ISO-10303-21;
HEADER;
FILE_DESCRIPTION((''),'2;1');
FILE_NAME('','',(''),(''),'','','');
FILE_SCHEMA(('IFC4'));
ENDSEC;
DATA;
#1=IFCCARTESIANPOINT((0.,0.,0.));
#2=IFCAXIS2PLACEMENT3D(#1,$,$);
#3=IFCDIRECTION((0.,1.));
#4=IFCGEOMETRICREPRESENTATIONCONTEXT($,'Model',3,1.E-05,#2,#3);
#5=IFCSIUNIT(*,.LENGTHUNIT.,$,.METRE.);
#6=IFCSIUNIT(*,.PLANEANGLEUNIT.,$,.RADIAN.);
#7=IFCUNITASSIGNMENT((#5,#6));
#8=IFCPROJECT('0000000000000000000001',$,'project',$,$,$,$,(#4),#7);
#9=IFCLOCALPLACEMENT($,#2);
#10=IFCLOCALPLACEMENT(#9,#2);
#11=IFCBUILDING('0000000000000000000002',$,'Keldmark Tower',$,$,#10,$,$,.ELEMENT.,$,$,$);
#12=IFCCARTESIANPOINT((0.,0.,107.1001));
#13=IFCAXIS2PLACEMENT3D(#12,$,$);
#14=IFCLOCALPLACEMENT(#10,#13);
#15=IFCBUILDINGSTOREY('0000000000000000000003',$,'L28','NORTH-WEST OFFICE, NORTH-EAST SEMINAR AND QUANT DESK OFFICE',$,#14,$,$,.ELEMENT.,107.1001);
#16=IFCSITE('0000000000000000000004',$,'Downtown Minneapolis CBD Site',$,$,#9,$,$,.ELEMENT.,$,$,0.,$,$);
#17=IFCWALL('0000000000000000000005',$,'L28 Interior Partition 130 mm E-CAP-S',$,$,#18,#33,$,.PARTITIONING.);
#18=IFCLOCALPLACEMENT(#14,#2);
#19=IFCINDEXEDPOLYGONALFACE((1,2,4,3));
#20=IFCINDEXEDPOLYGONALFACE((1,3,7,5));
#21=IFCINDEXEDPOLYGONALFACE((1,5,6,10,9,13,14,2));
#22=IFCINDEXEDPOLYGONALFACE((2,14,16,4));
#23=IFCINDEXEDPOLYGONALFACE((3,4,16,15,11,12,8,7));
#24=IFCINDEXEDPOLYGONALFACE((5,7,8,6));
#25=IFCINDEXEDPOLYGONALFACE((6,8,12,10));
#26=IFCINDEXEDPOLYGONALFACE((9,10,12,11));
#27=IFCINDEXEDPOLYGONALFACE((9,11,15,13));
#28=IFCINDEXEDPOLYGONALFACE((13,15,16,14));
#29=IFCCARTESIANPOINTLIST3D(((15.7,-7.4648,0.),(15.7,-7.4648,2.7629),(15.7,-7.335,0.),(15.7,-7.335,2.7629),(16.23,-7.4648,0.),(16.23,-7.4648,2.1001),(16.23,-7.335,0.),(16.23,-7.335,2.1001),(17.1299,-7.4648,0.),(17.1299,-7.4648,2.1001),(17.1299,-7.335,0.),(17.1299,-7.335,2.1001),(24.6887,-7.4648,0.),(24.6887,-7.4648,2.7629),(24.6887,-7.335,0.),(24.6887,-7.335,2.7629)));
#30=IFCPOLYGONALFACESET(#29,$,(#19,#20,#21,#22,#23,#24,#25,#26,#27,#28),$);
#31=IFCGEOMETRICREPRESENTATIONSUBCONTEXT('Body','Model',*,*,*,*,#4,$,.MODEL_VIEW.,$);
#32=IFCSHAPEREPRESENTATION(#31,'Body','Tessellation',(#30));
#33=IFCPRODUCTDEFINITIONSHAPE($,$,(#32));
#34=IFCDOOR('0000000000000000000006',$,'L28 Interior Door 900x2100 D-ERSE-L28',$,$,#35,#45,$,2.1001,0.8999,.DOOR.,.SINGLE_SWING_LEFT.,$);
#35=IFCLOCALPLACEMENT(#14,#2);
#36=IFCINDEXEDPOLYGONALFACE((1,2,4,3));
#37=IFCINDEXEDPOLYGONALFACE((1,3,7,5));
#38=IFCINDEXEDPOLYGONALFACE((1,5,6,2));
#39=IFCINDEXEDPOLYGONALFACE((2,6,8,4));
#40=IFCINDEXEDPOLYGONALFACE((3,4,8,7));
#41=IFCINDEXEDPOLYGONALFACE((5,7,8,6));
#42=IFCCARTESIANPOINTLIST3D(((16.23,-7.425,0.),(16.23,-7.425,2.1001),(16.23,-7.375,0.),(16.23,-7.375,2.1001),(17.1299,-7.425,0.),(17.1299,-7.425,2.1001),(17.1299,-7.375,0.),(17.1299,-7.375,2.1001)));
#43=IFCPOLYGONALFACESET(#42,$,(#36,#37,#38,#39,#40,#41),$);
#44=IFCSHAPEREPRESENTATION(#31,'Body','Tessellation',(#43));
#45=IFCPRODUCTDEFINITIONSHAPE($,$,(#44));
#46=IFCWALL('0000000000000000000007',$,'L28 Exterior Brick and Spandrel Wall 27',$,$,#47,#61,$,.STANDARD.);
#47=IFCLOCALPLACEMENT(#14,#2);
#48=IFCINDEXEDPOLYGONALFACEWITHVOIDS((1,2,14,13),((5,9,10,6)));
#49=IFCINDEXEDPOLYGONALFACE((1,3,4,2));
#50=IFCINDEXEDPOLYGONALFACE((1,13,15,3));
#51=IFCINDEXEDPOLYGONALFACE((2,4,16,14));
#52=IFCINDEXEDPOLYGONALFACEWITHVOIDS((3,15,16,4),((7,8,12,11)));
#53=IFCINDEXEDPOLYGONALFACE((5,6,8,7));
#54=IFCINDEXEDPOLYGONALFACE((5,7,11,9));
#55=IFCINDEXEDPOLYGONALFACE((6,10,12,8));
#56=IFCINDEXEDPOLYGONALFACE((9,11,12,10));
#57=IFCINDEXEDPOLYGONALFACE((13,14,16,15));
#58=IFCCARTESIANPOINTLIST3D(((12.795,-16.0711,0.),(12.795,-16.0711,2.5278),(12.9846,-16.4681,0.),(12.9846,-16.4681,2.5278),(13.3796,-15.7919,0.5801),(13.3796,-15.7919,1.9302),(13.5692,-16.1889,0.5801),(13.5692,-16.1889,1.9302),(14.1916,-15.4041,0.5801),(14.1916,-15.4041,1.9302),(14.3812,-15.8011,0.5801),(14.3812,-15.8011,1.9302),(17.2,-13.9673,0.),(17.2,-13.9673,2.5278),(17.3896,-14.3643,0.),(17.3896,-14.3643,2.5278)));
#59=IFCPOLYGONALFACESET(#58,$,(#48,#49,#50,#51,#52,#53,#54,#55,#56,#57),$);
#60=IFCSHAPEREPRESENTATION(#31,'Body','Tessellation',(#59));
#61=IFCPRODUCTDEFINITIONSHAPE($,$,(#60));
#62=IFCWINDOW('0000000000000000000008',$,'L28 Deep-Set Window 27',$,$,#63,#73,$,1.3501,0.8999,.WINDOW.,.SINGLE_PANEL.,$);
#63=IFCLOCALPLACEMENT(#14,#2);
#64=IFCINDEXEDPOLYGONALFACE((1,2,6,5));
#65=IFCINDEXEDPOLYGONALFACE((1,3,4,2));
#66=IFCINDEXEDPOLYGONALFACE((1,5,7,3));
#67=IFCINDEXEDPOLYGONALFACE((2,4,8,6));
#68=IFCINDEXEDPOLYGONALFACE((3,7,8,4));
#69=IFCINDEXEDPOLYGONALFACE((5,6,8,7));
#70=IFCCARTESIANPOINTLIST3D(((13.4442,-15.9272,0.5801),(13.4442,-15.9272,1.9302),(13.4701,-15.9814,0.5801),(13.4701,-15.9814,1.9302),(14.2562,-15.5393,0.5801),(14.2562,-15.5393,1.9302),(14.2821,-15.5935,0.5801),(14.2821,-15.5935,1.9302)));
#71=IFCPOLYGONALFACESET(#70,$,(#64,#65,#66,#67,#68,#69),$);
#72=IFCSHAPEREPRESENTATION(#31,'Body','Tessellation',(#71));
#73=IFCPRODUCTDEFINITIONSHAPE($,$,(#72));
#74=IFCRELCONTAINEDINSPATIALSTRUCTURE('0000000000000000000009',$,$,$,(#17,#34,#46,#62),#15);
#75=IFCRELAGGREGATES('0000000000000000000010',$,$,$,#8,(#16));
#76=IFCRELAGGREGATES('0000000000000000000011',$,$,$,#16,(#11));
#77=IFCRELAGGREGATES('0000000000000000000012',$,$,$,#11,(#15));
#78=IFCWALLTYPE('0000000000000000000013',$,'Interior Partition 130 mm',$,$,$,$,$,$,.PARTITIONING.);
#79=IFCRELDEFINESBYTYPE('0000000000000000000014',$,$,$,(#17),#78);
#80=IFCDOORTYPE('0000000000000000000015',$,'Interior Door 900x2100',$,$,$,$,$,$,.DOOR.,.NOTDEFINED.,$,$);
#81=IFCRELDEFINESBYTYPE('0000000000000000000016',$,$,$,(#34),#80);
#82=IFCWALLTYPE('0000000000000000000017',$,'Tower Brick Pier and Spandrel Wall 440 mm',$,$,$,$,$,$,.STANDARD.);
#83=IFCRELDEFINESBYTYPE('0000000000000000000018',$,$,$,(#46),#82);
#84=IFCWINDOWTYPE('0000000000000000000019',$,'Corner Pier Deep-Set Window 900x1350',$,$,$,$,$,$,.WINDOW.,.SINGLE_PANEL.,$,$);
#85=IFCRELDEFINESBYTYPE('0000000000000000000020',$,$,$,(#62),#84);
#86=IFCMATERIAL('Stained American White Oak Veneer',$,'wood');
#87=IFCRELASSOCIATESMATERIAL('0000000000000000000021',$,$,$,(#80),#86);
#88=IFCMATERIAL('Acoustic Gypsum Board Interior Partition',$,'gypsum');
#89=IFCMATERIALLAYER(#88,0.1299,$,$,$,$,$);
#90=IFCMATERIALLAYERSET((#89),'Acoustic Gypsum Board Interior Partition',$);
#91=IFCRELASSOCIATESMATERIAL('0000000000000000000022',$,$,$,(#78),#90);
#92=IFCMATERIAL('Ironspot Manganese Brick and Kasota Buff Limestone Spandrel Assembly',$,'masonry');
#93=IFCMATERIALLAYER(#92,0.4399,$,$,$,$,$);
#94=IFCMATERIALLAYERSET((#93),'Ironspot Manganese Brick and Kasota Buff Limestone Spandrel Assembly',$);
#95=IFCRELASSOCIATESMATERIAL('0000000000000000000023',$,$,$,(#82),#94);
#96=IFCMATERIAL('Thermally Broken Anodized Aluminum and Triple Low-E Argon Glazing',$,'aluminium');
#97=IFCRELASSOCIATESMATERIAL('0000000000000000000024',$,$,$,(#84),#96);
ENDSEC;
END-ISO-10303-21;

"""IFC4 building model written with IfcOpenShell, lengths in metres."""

from ifc_helpers import new_model, si_unit, direction, frame, frame_2d, origin, place, context, subcontext, project, spatial, rectangle, extrude, material, layer, layer_set, type_object, element, fill, save


model = new_model("IFC4")

# Units and contexts
model_context = context("Model", 3, precision=1e-05, world=origin(), true_north=direction((0.0, 1.0)))
body_context = subcontext(model_context, "Body", "Model", "MODEL_VIEW")
ifc_project = project(units=[si_unit("LENGTHUNIT", "METRE"), si_unit("PLANEANGLEUNIT", "RADIAN")], contexts=[model_context])

# Site, building, storey
site_placement = place(None, origin())
site = spatial("IfcSite", under=ifc_project, at=site_placement, Name="Downtown Minneapolis CBD Site", CompositionType="ELEMENT", RefElevation=0.0)
building_placement = place(site_placement, origin())
building = spatial("IfcBuilding", under=site, at=building_placement, Name="Keldmark Tower", CompositionType="ELEMENT")
storey_placement = place(building_placement, frame((0.0, 0.0, 107.1001)))
storey = spatial("IfcBuildingStorey", under=building, at=storey_placement, Name="L28", Description="NORTH-WEST OFFICE, NORTH-EAST SEMINAR AND QUANT DESK OFFICE", CompositionType="ELEMENT", Elevation=107.1001)

# Shared definitions
ifc_material_1 = material(Name="Stained American White Oak Veneer", Category="wood")
door_type = type_object("IfcDoorType", Name="Interior Door 900x2100", OperationType="NOTDEFINED", PredefinedType="DOOR", material=ifc_material_1)

# Wall, opening, door
ifc_material_2 = material(Name="Acoustic Gypsum Board Interior Partition", Category="gypsum")
ifc_layer_1 = layer(ifc_material_2, 0.1299)
ifc_layer_set_1 = layer_set([ifc_layer_1], Name="Acoustic Gypsum Board Interior Partition")
wall_type_1 = type_object("IfcWallType", Name="Interior Partition 130 mm", PredefinedType="PARTITIONING", material=ifc_layer_set_1)
wall_1_placement = place(storey_placement, frame((15.7, -7.3999, 0.0), z_axis=(0.0, 0.0, 1.0), x_axis=(1.0, 0.0, 0.0)))
wall_1 = element("IfcWall", 1, at=wall_1_placement, inside=storey, type_object=wall_type_1, Name="L28 Interior Partition 130 mm E-CAP-S", PredefinedType="PARTITIONING", context=body_context, shape_type="SweptSolid", body=[
    extrude(rectangle(XDim=8.9888, YDim=0.1299, at=frame_2d((4.4944, 0.0))), origin(), (0.0, 0.0, 1.0), 2.7629),
])
opening_1_placement = place(wall_1_placement, frame((0.53, 0.0, 0.0)))
opening_1 = element("IfcOpeningElement", 2, at=opening_1_placement, cuts=wall_1, PredefinedType="OPENING", context=body_context, shape_type="SweptSolid", body=[
    extrude(rectangle(XDim=0.8999, YDim=2.1001, at=frame_2d((0.45, 1.05))), frame((0.0, 0.075, 0.0), z_axis=(0.0, -1.0, 0.0), x_axis=(1.0, 0.0, 0.0)), (0.0, 0.0, 1.0), 0.1499),
])
door_1_placement = place(opening_1_placement, origin())
door_1 = element("IfcDoor", 3, at=door_1_placement, inside=storey, type_object=door_type, Name="L28 Interior Door 900x2100 D-ERSE-L28", OperationType="SINGLE_SWING_LEFT", OverallHeight=2.1001, OverallWidth=0.8999, PredefinedType="DOOR", context=body_context, shape_type="SweptSolid", body=[
    extrude(rectangle(XDim=0.8999, YDim=2.1001, at=frame_2d((0.45, 1.05))), frame((0.0, 0.0249, 0.0), z_axis=(0.0, -1.0, 0.0), x_axis=(1.0, 0.0, 0.0)), (0.0, 0.0, 1.0), 0.05),
])
fill(opening_1, door_1)

# Wall, opening, window
ifc_material_3 = material(Name="Ironspot Manganese Brick and Kasota Buff Limestone Spandrel Assembly", Category="masonry")
ifc_layer_2 = layer(ifc_material_3, 0.4399)
ifc_layer_set_2 = layer_set([ifc_layer_2], Name="Ironspot Manganese Brick and Kasota Buff Limestone Spandrel Assembly")
wall_type_2 = type_object("IfcWallType", Name="Tower Brick Pier and Spandrel Wall 440 mm", PredefinedType="STANDARD", material=ifc_layer_set_2)
wall_2_placement = place(storey_placement, frame((17.2949, -14.1658, 0.0), z_axis=(0.0, 0.0, 1.0), x_axis=(-0.902373, -0.430956, 0.0)))
wall_2 = element("IfcWall", 4, at=wall_2_placement, inside=storey, type_object=wall_type_2, Name="L28 Exterior Brick and Spandrel Wall 27", PredefinedType="STANDARD", context=body_context, shape_type="SweptSolid", body=[
    extrude(rectangle(XDim=4.8816, YDim=0.4399, at=frame_2d((2.4409, 0.0))), origin(), (0.0, 0.0, 1.0), 2.5278),
])
opening_2_placement = place(wall_2_placement, frame((3.334, 0.0, 0.5801)))
opening_2 = element("IfcOpeningElement", 5, at=opening_2_placement, cuts=wall_2, PredefinedType="OPENING", context=body_context, shape_type="SweptSolid", body=[
    extrude(rectangle(XDim=0.8999, YDim=1.3501, at=frame_2d((0.45, 0.675))), frame((0.0, 0.23, 0.0), z_axis=(0.0, -1.0, 0.0), x_axis=(1.0, 0.0, 0.0)), (0.0, 0.0, 1.0), 0.46),
])
ifc_material_4 = material(Name="Thermally Broken Anodized Aluminum and Triple Low-E Argon Glazing", Category="aluminium")
window_type = type_object("IfcWindowType", Name="Corner Pier Deep-Set Window 900x1350", PartitioningType="SINGLE_PANEL", PredefinedType="WINDOW", material=ifc_material_4)
window_placement = place(opening_2_placement, origin())
window = element("IfcWindow", 6, at=window_placement, inside=storey, type_object=window_type, Name="L28 Deep-Set Window 27", OverallHeight=1.3501, OverallWidth=0.8999, PartitioningType="SINGLE_PANEL", PredefinedType="WINDOW", context=body_context, shape_type="SweptSolid", body=[
    extrude(rectangle(XDim=0.8999, YDim=1.3501, at=frame_2d((0.45, 0.675))), frame((0.0, -0.01, 0.0), z_axis=(0.0, -1.0, 0.0), x_axis=(1.0, 0.0, 0.0)), (0.0, 0.0, 1.0), 0.0601),
])
fill(opening_2, window)

save(model, "model.ifc")
